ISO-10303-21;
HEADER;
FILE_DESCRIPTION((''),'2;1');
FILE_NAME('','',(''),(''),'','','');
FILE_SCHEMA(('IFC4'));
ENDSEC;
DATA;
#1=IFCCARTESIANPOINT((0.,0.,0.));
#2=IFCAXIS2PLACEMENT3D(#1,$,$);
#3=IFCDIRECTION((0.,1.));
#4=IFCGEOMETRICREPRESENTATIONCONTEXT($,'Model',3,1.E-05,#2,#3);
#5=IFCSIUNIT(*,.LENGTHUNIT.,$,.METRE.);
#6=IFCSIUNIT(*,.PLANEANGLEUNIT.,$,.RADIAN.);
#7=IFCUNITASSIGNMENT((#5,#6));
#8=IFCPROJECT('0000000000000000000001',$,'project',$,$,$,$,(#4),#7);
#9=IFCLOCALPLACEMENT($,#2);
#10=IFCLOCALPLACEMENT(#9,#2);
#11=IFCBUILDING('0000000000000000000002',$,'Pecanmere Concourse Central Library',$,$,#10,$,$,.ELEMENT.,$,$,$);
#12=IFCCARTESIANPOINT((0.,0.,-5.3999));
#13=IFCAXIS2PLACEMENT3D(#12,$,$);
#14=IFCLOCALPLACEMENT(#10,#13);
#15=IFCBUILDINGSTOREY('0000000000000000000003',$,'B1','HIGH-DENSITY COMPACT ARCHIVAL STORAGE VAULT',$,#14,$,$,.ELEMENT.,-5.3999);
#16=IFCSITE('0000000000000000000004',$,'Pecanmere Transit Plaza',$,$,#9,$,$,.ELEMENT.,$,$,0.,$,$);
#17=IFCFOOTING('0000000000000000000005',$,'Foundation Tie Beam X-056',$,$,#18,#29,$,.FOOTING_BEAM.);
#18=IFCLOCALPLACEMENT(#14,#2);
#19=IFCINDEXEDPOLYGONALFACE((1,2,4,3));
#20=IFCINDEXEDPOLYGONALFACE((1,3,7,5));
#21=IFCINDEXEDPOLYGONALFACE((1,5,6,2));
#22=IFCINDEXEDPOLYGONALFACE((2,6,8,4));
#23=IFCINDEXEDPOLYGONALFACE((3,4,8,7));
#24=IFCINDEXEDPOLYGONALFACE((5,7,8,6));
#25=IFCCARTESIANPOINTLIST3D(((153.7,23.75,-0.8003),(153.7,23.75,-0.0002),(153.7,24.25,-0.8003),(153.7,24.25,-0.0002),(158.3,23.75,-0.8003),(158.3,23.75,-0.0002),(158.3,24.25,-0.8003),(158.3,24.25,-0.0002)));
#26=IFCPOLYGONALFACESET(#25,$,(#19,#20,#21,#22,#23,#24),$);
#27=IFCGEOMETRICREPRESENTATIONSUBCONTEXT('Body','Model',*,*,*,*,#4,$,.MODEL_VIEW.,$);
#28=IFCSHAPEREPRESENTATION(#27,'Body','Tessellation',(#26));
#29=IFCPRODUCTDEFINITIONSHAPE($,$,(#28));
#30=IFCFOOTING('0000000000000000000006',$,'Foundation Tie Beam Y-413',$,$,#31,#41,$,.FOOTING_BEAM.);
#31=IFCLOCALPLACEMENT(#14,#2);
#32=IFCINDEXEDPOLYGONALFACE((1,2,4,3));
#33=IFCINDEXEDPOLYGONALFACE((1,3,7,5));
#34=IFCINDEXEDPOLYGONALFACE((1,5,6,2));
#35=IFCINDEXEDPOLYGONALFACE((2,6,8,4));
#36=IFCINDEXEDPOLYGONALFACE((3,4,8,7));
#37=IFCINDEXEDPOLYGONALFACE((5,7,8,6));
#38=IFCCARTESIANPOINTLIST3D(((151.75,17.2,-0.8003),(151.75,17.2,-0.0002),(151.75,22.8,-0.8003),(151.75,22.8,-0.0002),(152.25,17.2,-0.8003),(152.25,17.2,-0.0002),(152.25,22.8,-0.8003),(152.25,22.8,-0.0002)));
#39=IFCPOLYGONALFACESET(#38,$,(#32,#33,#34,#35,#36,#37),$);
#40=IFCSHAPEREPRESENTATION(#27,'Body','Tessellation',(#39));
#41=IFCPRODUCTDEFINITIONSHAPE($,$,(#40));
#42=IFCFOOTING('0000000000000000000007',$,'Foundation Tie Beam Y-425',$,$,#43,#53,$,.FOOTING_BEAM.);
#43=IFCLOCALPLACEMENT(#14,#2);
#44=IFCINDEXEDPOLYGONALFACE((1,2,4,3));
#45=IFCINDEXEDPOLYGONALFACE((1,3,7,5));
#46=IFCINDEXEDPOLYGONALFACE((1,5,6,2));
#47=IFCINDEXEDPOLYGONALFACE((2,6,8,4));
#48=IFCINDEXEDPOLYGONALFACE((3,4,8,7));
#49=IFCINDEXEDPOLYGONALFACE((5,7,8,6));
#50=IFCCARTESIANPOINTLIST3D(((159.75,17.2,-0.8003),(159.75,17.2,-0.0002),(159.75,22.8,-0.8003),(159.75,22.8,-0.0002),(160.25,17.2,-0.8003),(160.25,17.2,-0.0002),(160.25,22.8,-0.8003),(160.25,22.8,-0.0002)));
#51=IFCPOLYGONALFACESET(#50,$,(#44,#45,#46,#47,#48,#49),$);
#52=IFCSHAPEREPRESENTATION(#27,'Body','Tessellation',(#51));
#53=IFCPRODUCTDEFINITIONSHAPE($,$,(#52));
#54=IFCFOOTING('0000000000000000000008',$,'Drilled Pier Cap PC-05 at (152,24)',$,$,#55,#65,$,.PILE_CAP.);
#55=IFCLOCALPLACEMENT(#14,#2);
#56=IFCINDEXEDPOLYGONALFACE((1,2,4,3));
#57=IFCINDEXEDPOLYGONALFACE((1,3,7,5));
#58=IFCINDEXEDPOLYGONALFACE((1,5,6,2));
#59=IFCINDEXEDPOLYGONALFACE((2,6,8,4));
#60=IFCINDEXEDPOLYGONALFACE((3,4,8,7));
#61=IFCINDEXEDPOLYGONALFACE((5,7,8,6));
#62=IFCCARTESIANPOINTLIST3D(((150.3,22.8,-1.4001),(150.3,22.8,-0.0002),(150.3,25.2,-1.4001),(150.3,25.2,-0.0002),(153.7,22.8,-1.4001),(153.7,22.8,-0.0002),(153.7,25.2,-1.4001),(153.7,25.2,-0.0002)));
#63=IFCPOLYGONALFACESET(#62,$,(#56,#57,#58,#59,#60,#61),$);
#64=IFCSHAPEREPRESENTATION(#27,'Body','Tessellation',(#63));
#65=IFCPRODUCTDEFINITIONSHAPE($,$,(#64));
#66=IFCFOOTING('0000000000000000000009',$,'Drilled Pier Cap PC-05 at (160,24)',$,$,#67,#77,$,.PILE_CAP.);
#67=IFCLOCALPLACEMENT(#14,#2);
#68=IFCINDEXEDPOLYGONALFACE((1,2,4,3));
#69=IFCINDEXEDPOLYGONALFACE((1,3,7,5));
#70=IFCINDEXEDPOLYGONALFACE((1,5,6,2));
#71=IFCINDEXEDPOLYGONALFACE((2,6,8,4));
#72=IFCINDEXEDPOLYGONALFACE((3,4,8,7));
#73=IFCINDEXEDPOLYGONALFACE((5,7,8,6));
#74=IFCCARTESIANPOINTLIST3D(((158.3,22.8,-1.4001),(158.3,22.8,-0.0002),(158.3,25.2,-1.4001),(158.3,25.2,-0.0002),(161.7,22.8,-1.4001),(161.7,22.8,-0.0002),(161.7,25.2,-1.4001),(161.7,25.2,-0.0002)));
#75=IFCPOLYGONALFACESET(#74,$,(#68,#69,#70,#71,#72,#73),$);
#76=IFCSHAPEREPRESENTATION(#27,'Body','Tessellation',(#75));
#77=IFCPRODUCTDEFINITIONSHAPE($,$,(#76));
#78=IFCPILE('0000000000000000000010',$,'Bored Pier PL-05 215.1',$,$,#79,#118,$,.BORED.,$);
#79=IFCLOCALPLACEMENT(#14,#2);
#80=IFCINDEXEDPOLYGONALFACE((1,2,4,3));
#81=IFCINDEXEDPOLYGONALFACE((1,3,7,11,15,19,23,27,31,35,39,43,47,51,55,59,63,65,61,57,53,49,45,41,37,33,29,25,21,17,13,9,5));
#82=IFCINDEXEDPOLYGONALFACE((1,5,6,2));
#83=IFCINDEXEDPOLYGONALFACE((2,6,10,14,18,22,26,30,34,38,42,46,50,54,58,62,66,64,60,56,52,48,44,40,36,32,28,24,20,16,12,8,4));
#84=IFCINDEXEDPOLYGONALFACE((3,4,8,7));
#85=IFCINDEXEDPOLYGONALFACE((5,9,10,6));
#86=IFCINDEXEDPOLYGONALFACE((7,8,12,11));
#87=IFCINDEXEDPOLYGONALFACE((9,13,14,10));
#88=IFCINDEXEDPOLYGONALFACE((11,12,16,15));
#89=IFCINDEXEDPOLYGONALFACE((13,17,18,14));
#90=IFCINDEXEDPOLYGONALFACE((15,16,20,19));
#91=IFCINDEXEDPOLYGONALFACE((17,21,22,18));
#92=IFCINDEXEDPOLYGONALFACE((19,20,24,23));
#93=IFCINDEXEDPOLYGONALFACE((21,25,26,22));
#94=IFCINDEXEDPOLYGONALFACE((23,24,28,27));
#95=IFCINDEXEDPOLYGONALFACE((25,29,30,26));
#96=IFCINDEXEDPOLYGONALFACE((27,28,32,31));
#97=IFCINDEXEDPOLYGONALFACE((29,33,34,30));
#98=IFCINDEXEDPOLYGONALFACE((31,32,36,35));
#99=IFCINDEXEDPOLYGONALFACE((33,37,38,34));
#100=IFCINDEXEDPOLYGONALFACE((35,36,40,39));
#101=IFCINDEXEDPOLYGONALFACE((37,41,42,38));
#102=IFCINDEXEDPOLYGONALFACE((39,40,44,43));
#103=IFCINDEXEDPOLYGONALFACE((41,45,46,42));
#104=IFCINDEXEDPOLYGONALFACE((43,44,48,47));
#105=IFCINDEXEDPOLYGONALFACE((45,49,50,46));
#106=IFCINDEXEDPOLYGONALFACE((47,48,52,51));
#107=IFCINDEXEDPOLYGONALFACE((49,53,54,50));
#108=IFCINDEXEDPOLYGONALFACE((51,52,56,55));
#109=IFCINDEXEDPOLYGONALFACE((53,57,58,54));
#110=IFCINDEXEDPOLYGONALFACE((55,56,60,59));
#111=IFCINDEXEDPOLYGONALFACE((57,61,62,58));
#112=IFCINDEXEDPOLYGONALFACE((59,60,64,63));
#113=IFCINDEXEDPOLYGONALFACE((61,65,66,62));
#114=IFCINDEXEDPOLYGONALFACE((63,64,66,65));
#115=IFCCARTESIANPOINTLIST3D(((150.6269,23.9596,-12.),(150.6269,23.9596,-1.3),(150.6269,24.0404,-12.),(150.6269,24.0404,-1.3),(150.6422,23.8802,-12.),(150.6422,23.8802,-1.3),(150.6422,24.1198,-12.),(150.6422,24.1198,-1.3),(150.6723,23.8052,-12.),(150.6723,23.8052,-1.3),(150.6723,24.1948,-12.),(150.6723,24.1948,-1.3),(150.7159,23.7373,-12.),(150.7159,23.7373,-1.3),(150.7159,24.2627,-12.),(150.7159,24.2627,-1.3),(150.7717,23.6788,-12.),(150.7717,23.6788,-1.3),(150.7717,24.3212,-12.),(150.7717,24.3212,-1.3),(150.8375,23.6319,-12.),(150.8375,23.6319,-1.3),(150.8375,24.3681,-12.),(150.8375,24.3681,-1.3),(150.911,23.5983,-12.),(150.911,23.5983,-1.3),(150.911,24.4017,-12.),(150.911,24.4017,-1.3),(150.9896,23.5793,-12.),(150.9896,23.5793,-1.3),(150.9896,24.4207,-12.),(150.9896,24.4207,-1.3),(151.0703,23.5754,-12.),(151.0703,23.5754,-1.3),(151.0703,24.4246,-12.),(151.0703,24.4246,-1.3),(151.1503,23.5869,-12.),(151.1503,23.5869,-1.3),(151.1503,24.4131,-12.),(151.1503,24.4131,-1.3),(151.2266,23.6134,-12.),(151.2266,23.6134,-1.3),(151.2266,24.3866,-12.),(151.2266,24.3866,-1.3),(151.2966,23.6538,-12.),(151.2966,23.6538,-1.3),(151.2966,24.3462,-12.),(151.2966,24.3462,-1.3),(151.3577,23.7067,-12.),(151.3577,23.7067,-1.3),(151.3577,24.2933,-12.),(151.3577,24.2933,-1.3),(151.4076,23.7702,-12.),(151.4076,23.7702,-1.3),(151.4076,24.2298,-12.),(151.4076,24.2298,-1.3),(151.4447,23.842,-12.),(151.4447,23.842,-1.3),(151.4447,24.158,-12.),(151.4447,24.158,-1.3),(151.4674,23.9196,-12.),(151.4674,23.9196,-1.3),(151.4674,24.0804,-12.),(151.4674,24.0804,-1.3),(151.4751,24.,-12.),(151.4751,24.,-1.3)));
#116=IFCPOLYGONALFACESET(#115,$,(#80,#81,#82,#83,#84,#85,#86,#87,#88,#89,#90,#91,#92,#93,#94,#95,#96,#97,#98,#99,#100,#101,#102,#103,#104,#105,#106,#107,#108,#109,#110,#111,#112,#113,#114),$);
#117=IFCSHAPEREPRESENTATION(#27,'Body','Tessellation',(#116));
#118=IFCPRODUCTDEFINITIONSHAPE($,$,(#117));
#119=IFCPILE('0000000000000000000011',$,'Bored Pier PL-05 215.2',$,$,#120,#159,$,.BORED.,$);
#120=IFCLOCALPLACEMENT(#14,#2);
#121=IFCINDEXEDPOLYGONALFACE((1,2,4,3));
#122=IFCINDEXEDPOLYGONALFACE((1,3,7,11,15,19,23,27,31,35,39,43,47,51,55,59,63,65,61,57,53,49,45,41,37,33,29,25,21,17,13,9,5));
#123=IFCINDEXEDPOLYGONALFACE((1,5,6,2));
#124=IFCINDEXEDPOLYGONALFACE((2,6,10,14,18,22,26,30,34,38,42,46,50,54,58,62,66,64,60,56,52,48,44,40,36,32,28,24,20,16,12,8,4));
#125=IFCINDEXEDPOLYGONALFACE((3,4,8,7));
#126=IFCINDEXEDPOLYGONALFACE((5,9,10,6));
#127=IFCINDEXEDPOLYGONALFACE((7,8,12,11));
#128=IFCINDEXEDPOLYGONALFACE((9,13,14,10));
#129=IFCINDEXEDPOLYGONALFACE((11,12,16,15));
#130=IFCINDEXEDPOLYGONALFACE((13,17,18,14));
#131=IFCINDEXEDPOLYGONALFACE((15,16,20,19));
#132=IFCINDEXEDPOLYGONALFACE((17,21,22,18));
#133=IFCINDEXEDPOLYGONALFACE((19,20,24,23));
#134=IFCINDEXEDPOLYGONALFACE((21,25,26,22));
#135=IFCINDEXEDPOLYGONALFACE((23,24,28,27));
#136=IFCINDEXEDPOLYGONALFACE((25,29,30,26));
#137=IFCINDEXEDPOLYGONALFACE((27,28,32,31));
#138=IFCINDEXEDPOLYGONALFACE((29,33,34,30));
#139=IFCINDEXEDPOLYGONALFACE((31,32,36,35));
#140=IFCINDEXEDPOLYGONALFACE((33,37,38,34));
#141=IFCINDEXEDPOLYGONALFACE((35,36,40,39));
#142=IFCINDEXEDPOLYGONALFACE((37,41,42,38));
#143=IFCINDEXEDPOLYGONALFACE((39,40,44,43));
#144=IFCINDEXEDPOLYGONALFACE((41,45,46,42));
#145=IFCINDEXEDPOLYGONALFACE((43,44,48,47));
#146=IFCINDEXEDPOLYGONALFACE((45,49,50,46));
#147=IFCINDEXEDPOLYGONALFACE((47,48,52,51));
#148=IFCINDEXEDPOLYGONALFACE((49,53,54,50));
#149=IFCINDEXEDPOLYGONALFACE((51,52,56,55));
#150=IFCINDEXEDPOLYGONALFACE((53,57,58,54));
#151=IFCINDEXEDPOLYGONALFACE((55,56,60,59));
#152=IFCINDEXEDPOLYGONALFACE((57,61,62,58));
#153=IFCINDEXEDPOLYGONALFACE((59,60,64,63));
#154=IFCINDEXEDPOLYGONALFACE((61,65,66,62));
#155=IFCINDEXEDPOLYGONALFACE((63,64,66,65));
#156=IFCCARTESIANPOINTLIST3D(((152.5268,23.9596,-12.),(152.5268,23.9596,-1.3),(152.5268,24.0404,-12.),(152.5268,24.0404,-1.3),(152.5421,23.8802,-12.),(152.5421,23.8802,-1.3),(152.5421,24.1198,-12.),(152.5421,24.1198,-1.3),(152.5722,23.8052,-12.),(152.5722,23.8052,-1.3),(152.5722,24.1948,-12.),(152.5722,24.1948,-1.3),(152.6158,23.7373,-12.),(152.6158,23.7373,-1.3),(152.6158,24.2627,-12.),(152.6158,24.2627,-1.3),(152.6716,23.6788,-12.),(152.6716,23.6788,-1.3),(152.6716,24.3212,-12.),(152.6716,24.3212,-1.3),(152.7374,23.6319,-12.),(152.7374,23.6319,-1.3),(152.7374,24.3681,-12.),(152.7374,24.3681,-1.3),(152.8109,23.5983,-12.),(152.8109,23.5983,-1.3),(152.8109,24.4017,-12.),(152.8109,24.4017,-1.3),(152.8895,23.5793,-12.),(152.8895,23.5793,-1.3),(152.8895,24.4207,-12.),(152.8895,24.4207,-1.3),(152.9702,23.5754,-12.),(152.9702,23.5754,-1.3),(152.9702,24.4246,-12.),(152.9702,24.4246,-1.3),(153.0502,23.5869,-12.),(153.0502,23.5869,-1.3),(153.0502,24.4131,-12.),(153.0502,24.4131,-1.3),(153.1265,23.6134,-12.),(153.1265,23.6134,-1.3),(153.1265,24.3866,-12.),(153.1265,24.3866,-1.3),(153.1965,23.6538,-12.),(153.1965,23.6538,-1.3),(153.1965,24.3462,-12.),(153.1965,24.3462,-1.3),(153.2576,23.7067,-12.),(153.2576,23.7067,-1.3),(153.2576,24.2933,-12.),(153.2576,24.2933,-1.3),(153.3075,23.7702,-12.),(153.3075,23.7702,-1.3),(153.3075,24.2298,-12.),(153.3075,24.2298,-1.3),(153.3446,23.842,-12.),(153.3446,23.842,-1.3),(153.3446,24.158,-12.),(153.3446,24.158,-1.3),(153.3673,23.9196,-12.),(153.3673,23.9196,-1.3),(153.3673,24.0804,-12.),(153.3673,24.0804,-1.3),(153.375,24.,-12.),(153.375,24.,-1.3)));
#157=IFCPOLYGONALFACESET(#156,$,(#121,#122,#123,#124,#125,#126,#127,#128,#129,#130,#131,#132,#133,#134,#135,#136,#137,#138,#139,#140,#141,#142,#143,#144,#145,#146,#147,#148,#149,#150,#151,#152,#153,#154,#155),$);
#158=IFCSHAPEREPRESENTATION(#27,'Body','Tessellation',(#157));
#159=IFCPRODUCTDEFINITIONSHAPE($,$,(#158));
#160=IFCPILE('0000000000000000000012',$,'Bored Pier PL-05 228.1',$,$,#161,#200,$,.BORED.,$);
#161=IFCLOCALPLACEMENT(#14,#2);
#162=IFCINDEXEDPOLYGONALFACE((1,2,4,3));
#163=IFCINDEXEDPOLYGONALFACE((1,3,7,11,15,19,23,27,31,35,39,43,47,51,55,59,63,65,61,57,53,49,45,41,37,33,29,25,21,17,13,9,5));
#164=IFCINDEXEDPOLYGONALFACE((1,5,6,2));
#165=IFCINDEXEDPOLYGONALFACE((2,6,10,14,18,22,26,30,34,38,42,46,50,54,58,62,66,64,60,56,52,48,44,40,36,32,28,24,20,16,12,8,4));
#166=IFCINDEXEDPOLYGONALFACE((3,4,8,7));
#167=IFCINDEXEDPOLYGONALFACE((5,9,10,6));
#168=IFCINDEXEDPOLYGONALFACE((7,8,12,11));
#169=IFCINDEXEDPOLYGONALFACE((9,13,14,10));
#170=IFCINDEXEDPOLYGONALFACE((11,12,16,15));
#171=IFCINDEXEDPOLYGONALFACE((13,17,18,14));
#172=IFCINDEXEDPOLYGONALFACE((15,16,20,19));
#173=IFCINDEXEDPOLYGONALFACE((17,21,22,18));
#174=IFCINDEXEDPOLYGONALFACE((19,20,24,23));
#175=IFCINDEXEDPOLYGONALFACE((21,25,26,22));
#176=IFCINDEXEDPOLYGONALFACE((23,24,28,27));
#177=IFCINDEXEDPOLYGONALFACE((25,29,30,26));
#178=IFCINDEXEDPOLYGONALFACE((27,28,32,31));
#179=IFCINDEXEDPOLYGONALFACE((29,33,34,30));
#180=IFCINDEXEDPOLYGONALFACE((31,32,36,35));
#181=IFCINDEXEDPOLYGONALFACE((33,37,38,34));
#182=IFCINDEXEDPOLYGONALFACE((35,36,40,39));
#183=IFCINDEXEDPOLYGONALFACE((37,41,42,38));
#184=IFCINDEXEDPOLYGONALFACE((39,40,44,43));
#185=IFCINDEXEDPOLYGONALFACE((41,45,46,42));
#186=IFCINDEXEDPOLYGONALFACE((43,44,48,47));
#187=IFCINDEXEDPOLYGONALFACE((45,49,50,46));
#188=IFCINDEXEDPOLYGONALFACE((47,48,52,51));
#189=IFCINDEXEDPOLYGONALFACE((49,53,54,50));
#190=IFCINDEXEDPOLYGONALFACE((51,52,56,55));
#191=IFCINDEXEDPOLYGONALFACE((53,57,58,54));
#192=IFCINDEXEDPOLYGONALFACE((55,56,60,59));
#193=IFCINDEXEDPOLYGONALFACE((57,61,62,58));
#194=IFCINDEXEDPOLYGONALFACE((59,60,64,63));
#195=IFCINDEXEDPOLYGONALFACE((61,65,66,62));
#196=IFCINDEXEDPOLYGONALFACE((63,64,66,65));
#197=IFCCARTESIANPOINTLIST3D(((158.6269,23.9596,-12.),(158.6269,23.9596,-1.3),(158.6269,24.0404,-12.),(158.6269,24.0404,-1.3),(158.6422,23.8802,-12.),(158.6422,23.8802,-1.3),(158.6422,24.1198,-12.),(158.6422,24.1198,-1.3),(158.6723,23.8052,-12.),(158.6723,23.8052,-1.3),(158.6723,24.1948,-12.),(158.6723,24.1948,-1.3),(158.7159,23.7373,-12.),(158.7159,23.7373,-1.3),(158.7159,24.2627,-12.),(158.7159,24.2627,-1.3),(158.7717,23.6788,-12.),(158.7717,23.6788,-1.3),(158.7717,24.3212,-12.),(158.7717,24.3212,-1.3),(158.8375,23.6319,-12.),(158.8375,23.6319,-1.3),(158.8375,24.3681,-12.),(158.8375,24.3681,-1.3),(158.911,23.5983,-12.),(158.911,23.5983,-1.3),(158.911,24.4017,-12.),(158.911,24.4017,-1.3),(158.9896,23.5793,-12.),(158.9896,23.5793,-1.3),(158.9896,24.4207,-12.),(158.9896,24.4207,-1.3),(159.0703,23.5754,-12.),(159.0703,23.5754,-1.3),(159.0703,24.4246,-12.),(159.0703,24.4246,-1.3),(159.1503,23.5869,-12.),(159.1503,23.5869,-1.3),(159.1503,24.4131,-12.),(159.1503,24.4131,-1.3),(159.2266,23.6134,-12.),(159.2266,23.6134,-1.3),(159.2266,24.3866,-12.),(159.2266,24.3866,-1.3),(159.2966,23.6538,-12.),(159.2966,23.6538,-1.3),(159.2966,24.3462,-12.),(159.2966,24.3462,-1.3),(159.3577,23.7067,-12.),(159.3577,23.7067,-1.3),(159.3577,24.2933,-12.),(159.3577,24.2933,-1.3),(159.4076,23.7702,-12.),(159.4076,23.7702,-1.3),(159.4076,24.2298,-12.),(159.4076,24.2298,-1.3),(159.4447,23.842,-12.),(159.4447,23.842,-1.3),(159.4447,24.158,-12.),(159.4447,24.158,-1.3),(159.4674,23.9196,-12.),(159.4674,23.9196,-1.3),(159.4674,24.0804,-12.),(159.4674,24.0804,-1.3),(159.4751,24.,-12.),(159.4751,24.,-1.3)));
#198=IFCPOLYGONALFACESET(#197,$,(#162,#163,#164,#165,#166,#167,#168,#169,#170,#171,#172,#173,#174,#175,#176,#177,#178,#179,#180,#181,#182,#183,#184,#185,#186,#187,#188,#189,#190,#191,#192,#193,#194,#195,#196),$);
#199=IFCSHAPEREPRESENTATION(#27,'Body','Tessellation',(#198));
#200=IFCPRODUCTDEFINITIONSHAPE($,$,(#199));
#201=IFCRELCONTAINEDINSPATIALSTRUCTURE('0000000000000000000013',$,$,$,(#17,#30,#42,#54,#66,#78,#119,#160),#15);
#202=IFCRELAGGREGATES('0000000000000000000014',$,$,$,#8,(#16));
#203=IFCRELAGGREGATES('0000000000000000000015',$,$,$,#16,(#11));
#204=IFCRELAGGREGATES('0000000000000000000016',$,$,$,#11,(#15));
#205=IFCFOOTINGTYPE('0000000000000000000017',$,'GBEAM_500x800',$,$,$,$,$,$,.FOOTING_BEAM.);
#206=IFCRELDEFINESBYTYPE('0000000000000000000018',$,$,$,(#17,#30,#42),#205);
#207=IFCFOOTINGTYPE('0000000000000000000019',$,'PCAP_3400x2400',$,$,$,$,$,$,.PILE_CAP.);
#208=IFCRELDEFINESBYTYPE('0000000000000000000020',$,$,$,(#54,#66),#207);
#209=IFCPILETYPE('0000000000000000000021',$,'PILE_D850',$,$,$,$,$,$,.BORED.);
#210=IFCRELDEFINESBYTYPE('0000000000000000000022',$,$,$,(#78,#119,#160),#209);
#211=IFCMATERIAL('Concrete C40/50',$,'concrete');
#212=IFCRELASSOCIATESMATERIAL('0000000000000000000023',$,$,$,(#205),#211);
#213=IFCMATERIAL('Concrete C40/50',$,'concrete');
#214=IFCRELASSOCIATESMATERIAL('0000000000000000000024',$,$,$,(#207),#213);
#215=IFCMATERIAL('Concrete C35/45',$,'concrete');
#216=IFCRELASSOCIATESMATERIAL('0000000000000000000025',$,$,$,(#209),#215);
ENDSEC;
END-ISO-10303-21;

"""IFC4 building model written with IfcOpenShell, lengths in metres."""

from ifc_helpers import new_model, si_unit, direction, frame, origin, origin_2d, place, context, subcontext, project, spatial, rectangle, circle, extrude, material, material_profile, profile_set, type_object, element, save


model = new_model("IFC4")

# Units and contexts
model_context = context("Model", 3, precision=1e-05, world=origin(), true_north=direction((0.0, 1.0)))
body_context = subcontext(model_context, "Body", "Model", "MODEL_VIEW")
ifc_project = project(units=[si_unit("LENGTHUNIT", "METRE"), si_unit("PLANEANGLEUNIT", "RADIAN")], contexts=[model_context])

# Site, building, storey
site_placement = place(None, origin())
site = spatial("IfcSite", under=ifc_project, at=site_placement, Name="Pecanmere Transit Plaza", CompositionType="ELEMENT", RefElevation=0.0)
building_placement = place(site_placement, origin())
building = spatial("IfcBuilding", under=site, at=building_placement, Name="Pecanmere Concourse Central Library", CompositionType="ELEMENT")
storey_placement = place(building_placement, frame((0.0, 0.0, -5.3999)))
storey = spatial("IfcBuildingStorey", under=building, at=storey_placement, Name="B1", Description="HIGH-DENSITY COMPACT ARCHIVAL STORAGE VAULT", CompositionType="ELEMENT", Elevation=-5.3999)

# Footings
ifc_material_1 = material(Name="Concrete C40/50", Category="concrete")
ifc_material_profile_1 = material_profile(ifc_material_1, rectangle(XDim=0.5, YDim=0.8, at=origin_2d()), Name="RC 500x800")
ifc_profile_set_1 = profile_set([ifc_material_profile_1], Name="Concrete C40/50")
footing_type_1 = type_object("IfcFootingType", Name="GBEAM_500x800", PredefinedType="FOOTING_BEAM", material=ifc_profile_set_1)
footing_placement = place(storey_placement, frame((156.0, 24.0, -0.8003), z_axis=(0.0, 0.0, 1.0), x_axis=(1.0, 0.0, 0.0)))
element("IfcFooting", 1, at=footing_placement, inside=storey, type_object=footing_type_1, Name="Foundation Tie Beam X-056", PredefinedType="FOOTING_BEAM", context=body_context, shape_type="SweptSolid", body=[
    extrude(rectangle(XDim=4.6001, YDim=0.5, at=origin_2d()), origin(), (0.0, 0.0, 1.0), 0.8),
])
for number, where, z_axis, x_axis, name in (
    (2, (152.0, 20.0, -0.8003), (0.0, 0.0, 1.0), (0.0, 1.0, 0.0), "Foundation Tie Beam Y-413"),
    (3, (160.0, 20.0, -0.8003), (0.0, 0.0, 1.0), (0.0, 1.0, 0.0), "Foundation Tie Beam Y-425"),
):
    element("IfcFooting", number, at=place(storey_placement, frame(where, z_axis=z_axis, x_axis=x_axis)), inside=storey, type_object=footing_type_1, Name=name, PredefinedType="FOOTING_BEAM", context=body_context, shape_type="SweptSolid", body=[
        extrude(rectangle(XDim=5.6001, YDim=0.5, at=origin_2d()), origin(), (0.0, 0.0, 1.0), 0.8),
    ])
ifc_material_2 = material(Name="Concrete C40/50", Category="concrete")
footing_type_2 = type_object("IfcFootingType", Name="PCAP_3400x2400", PredefinedType="PILE_CAP", material=ifc_material_2)
for number, where, z_axis, x_axis, name in (
    (4, (152.0, 24.0, -1.4001), (0.0, 0.0, 1.0), (1.0, 0.0, 0.0), "Drilled Pier Cap PC-05 at (152,24)"),
    (5, (160.0, 24.0, -1.4001), (0.0, 0.0, 1.0), (1.0, 0.0, 0.0), "Drilled Pier Cap PC-05 at (160,24)"),
):
    element("IfcFooting", number, at=place(storey_placement, frame(where, z_axis=z_axis, x_axis=x_axis)), inside=storey, type_object=footing_type_2, Name=name, PredefinedType="PILE_CAP", context=body_context, shape_type="SweptSolid", body=[
        extrude(rectangle(XDim=3.3999, YDim=2.3999, at=origin_2d()), origin(), (0.0, 0.0, 1.0), 1.3999),
    ])

# Piles
ifc_material_3 = material(Name="Concrete C35/45", Category="concrete")
ifc_material_profile_2 = material_profile(ifc_material_3, circle(Radius=0.425, at=origin_2d()), Name="PIER D850")
ifc_profile_set_2 = profile_set([ifc_material_profile_2], Name="Concrete C35/45")
pile_type = type_object("IfcPileType", Name="PILE_D850", PredefinedType="BORED", material=ifc_profile_set_2)
for number, where, z_axis, x_axis, name in (
    (6, (151.05, 24.0, -1.3), (0.0, 0.0, -1.0), (1.0, 0.0, 0.0), "Bored Pier PL-05 215.1"),
    (7, (152.95, 24.0, -1.3), (0.0, 0.0, -1.0), (1.0, 0.0, 0.0), "Bored Pier PL-05 215.2"),
    (8, (159.05, 24.0, -1.3), (0.0, 0.0, -1.0), (1.0, 0.0, 0.0), "Bored Pier PL-05 228.1"),
):
    element("IfcPile", number, at=place(storey_placement, frame(where, z_axis=z_axis, x_axis=x_axis)), inside=storey, type_object=pile_type, Name=name, PredefinedType="BORED", context=body_context, shape_type="SweptSolid", body=[
        extrude(circle(Radius=0.425, at=origin_2d()), origin(), (0.0, 0.0, 1.0), 10.7),
    ])

save(model, "model.ifc")
